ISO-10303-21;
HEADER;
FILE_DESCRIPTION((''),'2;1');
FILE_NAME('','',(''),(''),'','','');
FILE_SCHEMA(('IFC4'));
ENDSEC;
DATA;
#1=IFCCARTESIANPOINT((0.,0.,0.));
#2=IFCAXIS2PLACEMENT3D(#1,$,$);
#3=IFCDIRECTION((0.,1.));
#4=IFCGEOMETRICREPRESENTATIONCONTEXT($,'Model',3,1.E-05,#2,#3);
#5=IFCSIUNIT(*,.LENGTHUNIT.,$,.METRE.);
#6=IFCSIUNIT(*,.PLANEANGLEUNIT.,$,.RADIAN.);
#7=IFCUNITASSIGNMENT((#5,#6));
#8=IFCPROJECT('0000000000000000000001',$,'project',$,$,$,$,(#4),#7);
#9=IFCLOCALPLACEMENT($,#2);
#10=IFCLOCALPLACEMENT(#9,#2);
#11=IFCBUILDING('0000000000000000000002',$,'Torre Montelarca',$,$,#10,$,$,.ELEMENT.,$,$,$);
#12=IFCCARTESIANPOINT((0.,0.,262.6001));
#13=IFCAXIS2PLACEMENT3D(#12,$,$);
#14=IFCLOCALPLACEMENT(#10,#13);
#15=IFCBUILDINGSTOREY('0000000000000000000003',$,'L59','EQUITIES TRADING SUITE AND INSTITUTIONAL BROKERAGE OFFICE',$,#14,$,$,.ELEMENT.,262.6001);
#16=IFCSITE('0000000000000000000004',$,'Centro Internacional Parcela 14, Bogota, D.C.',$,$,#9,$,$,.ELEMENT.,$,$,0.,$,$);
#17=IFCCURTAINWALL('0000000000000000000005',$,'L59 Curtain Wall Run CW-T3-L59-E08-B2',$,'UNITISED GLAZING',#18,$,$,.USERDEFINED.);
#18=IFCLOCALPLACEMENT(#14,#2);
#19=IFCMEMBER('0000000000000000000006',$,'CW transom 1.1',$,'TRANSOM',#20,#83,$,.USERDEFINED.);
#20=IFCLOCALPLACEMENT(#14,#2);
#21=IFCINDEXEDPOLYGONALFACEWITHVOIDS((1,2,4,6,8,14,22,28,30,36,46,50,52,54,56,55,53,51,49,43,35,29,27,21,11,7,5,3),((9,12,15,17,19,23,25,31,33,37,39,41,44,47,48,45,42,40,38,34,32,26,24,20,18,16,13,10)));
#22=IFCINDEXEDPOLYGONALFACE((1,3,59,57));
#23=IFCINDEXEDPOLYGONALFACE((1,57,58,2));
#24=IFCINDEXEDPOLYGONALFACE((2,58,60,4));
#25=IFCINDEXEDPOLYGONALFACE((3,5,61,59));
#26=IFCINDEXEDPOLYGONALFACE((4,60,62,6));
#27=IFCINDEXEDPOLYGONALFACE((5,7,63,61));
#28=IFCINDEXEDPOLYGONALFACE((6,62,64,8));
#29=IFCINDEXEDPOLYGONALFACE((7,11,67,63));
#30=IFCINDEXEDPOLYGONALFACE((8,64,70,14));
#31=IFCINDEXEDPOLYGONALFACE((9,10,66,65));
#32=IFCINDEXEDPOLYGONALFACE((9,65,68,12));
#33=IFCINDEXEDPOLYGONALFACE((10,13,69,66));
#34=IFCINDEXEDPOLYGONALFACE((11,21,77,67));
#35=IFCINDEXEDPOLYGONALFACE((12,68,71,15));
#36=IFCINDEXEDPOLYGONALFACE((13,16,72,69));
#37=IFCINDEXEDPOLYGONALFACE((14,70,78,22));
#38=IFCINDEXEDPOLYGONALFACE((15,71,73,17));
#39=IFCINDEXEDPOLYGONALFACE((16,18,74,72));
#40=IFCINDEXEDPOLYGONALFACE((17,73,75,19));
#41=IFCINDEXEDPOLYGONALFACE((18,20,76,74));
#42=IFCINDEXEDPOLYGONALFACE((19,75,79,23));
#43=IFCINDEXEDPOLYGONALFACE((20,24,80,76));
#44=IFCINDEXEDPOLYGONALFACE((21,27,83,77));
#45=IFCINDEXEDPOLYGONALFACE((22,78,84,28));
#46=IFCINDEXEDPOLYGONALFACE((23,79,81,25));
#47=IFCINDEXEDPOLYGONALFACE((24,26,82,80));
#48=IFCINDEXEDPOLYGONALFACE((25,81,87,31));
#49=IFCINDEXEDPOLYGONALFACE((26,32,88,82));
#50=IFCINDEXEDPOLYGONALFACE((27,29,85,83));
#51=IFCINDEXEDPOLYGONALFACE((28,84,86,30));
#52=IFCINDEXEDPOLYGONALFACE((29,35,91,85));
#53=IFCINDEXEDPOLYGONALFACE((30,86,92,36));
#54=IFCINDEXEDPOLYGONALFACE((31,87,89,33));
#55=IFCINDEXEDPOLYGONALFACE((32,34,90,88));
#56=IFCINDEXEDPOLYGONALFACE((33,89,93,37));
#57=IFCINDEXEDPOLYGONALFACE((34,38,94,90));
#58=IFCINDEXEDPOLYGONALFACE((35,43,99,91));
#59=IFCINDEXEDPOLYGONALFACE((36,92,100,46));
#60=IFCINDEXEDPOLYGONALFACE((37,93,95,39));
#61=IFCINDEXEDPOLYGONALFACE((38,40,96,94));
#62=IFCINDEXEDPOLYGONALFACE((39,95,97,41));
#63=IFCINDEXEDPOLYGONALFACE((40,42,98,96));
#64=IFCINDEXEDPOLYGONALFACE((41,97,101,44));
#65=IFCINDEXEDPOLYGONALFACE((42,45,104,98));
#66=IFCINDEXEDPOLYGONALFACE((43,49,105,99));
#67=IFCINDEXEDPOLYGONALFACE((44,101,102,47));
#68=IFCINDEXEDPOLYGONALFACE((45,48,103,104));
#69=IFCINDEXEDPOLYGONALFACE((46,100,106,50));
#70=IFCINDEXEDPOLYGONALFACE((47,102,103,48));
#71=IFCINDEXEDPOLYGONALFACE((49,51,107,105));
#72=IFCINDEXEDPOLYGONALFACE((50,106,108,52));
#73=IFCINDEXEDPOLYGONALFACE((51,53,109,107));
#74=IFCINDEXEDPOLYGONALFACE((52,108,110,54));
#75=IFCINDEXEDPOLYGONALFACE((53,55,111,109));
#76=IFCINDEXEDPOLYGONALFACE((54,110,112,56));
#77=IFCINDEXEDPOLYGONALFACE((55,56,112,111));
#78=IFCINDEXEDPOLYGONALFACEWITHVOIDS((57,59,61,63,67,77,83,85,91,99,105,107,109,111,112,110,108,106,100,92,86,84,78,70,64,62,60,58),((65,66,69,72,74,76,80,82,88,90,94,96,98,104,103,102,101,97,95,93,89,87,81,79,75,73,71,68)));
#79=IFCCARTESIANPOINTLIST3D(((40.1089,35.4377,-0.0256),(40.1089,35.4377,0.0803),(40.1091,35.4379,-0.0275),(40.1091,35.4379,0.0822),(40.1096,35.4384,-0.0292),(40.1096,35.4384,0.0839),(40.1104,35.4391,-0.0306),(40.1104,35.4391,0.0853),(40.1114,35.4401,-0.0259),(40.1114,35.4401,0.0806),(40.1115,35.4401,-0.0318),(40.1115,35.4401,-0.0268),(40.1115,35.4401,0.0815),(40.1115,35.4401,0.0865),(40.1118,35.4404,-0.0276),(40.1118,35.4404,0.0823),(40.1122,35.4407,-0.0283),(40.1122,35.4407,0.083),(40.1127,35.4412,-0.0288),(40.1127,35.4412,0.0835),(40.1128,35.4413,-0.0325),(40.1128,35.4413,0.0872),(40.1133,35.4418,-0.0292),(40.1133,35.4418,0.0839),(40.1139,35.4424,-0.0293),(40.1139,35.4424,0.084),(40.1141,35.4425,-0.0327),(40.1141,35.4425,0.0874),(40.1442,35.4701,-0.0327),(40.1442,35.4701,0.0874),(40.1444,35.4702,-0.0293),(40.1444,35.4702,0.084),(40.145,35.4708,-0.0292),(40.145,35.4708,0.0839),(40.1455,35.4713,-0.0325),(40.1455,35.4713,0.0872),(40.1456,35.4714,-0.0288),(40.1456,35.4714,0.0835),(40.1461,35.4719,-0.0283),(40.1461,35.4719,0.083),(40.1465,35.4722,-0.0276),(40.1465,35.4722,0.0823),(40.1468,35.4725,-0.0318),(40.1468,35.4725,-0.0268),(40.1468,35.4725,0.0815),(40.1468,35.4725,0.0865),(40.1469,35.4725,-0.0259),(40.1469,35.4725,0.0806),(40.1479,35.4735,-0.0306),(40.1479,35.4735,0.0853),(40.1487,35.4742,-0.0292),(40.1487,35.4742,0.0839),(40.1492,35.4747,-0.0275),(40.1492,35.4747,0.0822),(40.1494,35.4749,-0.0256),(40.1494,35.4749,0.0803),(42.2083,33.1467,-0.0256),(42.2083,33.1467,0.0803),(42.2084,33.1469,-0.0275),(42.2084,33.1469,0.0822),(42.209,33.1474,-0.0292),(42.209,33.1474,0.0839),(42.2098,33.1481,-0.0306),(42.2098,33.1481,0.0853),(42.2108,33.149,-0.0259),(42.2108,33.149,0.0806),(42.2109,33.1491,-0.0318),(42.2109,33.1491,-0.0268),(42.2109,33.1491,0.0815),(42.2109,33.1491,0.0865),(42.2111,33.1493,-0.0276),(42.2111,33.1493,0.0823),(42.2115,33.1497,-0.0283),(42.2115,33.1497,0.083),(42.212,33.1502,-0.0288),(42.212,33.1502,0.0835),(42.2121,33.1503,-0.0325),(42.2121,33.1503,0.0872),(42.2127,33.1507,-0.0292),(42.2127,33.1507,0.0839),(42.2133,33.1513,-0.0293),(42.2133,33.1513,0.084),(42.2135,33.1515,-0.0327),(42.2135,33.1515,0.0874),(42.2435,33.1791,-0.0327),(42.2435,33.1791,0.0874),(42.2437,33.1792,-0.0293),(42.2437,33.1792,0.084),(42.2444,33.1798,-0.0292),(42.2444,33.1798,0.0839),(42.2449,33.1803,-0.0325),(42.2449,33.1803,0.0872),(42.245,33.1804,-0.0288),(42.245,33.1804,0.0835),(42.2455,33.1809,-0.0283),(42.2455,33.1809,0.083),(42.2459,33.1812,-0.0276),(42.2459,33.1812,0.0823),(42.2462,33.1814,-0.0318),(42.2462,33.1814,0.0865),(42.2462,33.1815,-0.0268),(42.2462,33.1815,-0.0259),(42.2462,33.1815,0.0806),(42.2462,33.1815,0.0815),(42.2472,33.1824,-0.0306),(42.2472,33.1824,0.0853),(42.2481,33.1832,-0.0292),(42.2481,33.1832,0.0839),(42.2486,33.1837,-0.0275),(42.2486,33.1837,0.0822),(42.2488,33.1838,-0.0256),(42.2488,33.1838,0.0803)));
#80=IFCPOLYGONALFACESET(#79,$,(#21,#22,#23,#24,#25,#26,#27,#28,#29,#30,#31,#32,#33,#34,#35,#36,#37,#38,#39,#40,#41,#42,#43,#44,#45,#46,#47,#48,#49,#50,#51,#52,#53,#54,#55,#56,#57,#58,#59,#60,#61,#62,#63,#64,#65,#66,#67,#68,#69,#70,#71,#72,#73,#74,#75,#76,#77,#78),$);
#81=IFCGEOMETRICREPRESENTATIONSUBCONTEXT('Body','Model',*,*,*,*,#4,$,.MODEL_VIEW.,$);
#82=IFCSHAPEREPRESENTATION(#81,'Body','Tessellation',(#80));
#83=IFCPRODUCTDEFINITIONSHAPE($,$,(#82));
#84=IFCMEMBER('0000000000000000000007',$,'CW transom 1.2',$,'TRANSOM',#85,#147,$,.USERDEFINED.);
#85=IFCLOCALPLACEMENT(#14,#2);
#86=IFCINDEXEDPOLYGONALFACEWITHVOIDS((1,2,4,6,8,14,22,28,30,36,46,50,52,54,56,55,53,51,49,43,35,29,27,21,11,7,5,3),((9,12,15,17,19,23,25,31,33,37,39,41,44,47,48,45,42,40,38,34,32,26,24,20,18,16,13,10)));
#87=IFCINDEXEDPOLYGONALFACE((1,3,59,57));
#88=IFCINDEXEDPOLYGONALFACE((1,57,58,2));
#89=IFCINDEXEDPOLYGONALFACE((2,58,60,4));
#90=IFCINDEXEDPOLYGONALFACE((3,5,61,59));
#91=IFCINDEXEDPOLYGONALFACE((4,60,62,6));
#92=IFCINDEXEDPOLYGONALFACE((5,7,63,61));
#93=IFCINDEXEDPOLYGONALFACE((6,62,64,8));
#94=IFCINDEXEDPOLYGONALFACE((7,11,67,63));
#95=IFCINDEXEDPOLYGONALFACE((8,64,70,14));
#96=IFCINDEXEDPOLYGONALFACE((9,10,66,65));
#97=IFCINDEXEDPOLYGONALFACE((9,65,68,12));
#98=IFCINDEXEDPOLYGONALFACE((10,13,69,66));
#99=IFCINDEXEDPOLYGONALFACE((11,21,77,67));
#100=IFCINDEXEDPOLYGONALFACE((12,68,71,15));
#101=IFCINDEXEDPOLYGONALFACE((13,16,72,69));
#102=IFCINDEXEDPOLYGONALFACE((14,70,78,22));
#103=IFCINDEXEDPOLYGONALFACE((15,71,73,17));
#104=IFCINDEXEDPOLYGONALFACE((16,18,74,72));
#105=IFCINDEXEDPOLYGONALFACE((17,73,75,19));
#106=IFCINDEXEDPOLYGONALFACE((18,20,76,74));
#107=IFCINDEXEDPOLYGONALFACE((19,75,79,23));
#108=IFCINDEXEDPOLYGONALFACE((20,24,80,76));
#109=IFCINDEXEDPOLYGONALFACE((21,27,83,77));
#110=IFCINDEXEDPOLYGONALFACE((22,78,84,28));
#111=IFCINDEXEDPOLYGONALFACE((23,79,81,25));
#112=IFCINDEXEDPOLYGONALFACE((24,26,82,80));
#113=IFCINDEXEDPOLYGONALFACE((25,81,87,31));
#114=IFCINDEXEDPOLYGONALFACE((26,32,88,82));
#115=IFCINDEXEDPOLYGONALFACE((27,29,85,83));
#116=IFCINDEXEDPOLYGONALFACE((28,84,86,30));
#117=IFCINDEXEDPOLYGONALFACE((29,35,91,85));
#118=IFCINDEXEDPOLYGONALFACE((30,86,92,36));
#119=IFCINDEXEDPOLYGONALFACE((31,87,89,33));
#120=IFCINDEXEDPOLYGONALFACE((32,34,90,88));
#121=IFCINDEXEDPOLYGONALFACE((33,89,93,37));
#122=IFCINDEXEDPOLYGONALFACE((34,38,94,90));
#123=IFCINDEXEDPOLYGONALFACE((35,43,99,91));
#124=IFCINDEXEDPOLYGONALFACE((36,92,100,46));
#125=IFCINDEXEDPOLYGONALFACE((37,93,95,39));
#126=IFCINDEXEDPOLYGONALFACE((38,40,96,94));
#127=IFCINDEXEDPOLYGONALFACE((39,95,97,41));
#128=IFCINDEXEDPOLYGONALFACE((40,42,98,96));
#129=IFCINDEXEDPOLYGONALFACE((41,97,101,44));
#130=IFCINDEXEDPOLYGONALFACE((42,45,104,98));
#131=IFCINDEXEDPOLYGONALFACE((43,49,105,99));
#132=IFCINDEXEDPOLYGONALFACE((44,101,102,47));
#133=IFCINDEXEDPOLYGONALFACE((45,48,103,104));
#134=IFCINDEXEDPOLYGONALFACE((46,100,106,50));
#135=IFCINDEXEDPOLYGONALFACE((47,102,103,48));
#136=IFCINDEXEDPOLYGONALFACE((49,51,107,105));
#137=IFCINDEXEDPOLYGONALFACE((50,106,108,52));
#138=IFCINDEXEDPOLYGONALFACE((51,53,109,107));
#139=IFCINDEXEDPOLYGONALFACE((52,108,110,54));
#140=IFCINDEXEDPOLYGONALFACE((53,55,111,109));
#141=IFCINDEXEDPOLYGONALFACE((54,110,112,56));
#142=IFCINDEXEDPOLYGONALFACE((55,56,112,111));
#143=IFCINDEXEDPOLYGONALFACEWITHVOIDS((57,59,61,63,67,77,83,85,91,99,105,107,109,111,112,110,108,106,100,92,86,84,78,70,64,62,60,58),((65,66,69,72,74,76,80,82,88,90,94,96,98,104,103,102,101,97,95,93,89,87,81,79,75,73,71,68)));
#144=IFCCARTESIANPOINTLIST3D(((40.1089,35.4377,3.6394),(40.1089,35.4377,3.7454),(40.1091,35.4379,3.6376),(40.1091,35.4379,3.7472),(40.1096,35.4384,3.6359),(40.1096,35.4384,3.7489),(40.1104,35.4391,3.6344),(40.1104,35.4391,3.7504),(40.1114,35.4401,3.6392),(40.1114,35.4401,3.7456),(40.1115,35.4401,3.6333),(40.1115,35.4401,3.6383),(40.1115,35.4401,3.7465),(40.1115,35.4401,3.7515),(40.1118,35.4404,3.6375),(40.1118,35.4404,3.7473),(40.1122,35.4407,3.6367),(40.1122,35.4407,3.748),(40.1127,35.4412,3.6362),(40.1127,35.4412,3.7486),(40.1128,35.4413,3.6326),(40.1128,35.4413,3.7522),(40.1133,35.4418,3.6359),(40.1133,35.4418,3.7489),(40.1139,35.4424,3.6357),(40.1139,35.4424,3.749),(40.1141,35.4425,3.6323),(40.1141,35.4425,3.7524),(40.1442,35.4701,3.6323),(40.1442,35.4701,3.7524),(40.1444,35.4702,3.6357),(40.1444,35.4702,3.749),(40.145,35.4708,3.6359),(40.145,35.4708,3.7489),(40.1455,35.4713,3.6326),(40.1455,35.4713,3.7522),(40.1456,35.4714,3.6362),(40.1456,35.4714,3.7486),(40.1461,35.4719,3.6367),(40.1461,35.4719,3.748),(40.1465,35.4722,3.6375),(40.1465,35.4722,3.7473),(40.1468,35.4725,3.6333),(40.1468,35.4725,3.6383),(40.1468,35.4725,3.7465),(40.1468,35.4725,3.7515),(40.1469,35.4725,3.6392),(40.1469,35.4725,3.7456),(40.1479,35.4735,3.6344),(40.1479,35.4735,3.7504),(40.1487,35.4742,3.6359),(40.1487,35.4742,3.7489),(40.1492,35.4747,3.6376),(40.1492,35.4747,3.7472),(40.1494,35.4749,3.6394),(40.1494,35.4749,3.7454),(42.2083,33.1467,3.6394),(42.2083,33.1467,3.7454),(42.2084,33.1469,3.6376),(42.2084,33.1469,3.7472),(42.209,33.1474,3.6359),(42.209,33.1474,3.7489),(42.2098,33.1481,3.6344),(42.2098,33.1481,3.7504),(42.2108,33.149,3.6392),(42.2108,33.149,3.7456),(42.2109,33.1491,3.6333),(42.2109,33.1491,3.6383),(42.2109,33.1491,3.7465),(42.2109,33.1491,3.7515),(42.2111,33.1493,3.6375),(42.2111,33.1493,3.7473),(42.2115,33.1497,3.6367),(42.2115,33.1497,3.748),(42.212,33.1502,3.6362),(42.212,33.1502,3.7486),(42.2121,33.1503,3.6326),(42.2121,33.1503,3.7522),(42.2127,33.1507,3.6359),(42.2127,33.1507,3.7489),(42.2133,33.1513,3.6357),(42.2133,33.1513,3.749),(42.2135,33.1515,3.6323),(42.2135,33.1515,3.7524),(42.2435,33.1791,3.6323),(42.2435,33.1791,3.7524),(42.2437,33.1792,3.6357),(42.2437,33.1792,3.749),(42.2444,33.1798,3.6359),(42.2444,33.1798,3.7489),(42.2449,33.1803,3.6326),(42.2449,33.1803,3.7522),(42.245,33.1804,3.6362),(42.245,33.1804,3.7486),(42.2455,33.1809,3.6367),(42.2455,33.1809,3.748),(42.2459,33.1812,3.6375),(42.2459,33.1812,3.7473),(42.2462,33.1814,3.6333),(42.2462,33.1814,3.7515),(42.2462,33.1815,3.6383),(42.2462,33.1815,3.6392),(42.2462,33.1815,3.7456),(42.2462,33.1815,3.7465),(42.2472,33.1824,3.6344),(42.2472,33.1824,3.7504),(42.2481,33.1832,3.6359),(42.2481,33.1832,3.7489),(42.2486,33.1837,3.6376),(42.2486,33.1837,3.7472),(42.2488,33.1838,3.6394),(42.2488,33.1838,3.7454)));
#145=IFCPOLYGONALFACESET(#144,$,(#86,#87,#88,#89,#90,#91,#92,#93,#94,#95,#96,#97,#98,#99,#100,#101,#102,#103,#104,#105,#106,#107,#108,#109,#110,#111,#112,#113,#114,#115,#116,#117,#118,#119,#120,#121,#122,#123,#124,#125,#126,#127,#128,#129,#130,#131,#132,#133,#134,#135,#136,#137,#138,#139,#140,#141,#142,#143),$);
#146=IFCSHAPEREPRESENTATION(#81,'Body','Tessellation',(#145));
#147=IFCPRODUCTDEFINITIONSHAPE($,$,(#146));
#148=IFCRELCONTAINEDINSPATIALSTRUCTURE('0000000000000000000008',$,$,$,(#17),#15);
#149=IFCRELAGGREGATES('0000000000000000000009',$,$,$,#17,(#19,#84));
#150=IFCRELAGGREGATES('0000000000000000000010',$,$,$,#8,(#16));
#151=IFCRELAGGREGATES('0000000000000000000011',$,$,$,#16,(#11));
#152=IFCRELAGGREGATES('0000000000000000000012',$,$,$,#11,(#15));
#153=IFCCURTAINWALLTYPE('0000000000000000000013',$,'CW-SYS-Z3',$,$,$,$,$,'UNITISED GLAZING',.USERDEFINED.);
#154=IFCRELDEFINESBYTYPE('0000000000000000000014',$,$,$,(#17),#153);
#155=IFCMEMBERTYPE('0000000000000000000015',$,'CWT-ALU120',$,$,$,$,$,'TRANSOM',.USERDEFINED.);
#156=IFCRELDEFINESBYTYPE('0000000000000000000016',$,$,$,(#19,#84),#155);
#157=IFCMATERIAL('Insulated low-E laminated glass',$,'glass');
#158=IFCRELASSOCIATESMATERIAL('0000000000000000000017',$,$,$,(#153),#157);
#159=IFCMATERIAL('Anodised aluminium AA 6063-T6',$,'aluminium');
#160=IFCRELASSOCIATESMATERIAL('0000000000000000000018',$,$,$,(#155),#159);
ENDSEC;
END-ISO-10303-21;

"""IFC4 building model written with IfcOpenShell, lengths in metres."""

from ifc_helpers import new_model, si_unit, direction, frame, origin, origin_2d, place, context, subcontext, project, spatial, hollow_rectangle, extrude, source, transform, mapped, material, material_profile, profile_set, type_object, element, aggregate, save


model = new_model("IFC4")

# Units and contexts
model_context = context("Model", 3, precision=1e-05, world=origin(), true_north=direction((0.0, 1.0)))
body_context = subcontext(model_context, "Body", "Model", "MODEL_VIEW")
ifc_project = project(units=[si_unit("LENGTHUNIT", "METRE"), si_unit("PLANEANGLEUNIT", "RADIAN")], contexts=[model_context])

# Site, building, storey
site_placement = place(None, origin())
site = spatial("IfcSite", under=ifc_project, at=site_placement, Name="Centro Internacional Parcela 14, Bogota, D.C.", CompositionType="ELEMENT", RefElevation=0.0)
building_placement = place(site_placement, origin())
building = spatial("IfcBuilding", under=site, at=building_placement, Name="Torre Montelarca", CompositionType="ELEMENT")
storey_placement = place(building_placement, frame((0.0, 0.0, 262.6001)))
storey = spatial("IfcBuildingStorey", under=building, at=storey_placement, Name="L59", Description="EQUITIES TRADING SUITE AND INSTITUTIONAL BROKERAGE OFFICE", CompositionType="ELEMENT", Elevation=262.6001)

# Shared definitions
ifc_material_1 = material(Name="Insulated low-E laminated glass", Category="glass")
curtain_wall_type = type_object("IfcCurtainWallType", Name="CW-SYS-Z3", ElementType="UNITISED GLAZING", PredefinedType="USERDEFINED", material=ifc_material_1)
ifc_material_2 = material(Name="Anodised aluminium AA 6063-T6", Category="aluminium")

# Curtain wall
curtain_wall_1_placement = place(storey_placement, origin())
curtain_wall_1 = element("IfcCurtainWall", 1, at=curtain_wall_1_placement, inside=storey, type_object=curtain_wall_type, Name="L59 Curtain Wall Run CW-T3-L59-E08-B2", ObjectType="UNITISED GLAZING", PredefinedType="USERDEFINED")

# Members
ifc_material_profile_1 = material_profile(ifc_material_2, hollow_rectangle(XDim=0.0549, YDim=0.1201, WallThickness=0.0034, InnerFilletRadius=0.0034, OuterFilletRadius=0.0071, at=origin_2d()), Name="ALU55X120X3.5", Category="aluminium")
ifc_profile_set_1 = profile_set([ifc_material_profile_1], Name="Anodised aluminium AA 6063-T6")
member_type_1 = type_object("IfcMemberType", Name="CWT-ALU120", ElementType="TRANSOM", PredefinedType="USERDEFINED", material=ifc_profile_set_1)
shared_shape_1 = source(origin(), body_context, "Body", "SweptSolid", [
    extrude(hollow_rectangle(XDim=0.0549, YDim=0.1201, WallThickness=0.0034, InnerFilletRadius=0.0034, OuterFilletRadius=0.0071, at=origin_2d()), origin(), (0.0, 0.0, 1.0), 3.1074),
])
member_1_placement = place(storey_placement, frame((42.2285, 33.1653, 0.0273), z_axis=(-0.675597, 0.737272, 0.0), x_axis=(-0.737272, -0.675597, 0.0)))
member_1 = element("IfcMember", 2, at=member_1_placement, type_object=member_type_1, Name="CW transom 1.1", ObjectType="TRANSOM", PredefinedType="USERDEFINED", context=body_context, shape_type="MappedRepresentation", body=[
    mapped(shared_shape_1, transform((0.0, 0.0, 0.0), scale=1.0)),
])
member_2_placement = place(storey_placement, frame((42.2285, 33.1653, 3.6924), z_axis=(-0.675597, 0.737272, 0.0), x_axis=(-0.737272, -0.675597, 0.0)))
member_2 = element("IfcMember", 3, at=member_2_placement, type_object=member_type_1, Name="CW transom 1.2", ObjectType="TRANSOM", PredefinedType="USERDEFINED", context=body_context, shape_type="MappedRepresentation", body=[
    mapped(shared_shape_1, transform((0.0, 0.0, 0.0), scale=1.0)),
])

aggregate(curtain_wall_1, [member_1, member_2])

save(model, "model.ifc")
